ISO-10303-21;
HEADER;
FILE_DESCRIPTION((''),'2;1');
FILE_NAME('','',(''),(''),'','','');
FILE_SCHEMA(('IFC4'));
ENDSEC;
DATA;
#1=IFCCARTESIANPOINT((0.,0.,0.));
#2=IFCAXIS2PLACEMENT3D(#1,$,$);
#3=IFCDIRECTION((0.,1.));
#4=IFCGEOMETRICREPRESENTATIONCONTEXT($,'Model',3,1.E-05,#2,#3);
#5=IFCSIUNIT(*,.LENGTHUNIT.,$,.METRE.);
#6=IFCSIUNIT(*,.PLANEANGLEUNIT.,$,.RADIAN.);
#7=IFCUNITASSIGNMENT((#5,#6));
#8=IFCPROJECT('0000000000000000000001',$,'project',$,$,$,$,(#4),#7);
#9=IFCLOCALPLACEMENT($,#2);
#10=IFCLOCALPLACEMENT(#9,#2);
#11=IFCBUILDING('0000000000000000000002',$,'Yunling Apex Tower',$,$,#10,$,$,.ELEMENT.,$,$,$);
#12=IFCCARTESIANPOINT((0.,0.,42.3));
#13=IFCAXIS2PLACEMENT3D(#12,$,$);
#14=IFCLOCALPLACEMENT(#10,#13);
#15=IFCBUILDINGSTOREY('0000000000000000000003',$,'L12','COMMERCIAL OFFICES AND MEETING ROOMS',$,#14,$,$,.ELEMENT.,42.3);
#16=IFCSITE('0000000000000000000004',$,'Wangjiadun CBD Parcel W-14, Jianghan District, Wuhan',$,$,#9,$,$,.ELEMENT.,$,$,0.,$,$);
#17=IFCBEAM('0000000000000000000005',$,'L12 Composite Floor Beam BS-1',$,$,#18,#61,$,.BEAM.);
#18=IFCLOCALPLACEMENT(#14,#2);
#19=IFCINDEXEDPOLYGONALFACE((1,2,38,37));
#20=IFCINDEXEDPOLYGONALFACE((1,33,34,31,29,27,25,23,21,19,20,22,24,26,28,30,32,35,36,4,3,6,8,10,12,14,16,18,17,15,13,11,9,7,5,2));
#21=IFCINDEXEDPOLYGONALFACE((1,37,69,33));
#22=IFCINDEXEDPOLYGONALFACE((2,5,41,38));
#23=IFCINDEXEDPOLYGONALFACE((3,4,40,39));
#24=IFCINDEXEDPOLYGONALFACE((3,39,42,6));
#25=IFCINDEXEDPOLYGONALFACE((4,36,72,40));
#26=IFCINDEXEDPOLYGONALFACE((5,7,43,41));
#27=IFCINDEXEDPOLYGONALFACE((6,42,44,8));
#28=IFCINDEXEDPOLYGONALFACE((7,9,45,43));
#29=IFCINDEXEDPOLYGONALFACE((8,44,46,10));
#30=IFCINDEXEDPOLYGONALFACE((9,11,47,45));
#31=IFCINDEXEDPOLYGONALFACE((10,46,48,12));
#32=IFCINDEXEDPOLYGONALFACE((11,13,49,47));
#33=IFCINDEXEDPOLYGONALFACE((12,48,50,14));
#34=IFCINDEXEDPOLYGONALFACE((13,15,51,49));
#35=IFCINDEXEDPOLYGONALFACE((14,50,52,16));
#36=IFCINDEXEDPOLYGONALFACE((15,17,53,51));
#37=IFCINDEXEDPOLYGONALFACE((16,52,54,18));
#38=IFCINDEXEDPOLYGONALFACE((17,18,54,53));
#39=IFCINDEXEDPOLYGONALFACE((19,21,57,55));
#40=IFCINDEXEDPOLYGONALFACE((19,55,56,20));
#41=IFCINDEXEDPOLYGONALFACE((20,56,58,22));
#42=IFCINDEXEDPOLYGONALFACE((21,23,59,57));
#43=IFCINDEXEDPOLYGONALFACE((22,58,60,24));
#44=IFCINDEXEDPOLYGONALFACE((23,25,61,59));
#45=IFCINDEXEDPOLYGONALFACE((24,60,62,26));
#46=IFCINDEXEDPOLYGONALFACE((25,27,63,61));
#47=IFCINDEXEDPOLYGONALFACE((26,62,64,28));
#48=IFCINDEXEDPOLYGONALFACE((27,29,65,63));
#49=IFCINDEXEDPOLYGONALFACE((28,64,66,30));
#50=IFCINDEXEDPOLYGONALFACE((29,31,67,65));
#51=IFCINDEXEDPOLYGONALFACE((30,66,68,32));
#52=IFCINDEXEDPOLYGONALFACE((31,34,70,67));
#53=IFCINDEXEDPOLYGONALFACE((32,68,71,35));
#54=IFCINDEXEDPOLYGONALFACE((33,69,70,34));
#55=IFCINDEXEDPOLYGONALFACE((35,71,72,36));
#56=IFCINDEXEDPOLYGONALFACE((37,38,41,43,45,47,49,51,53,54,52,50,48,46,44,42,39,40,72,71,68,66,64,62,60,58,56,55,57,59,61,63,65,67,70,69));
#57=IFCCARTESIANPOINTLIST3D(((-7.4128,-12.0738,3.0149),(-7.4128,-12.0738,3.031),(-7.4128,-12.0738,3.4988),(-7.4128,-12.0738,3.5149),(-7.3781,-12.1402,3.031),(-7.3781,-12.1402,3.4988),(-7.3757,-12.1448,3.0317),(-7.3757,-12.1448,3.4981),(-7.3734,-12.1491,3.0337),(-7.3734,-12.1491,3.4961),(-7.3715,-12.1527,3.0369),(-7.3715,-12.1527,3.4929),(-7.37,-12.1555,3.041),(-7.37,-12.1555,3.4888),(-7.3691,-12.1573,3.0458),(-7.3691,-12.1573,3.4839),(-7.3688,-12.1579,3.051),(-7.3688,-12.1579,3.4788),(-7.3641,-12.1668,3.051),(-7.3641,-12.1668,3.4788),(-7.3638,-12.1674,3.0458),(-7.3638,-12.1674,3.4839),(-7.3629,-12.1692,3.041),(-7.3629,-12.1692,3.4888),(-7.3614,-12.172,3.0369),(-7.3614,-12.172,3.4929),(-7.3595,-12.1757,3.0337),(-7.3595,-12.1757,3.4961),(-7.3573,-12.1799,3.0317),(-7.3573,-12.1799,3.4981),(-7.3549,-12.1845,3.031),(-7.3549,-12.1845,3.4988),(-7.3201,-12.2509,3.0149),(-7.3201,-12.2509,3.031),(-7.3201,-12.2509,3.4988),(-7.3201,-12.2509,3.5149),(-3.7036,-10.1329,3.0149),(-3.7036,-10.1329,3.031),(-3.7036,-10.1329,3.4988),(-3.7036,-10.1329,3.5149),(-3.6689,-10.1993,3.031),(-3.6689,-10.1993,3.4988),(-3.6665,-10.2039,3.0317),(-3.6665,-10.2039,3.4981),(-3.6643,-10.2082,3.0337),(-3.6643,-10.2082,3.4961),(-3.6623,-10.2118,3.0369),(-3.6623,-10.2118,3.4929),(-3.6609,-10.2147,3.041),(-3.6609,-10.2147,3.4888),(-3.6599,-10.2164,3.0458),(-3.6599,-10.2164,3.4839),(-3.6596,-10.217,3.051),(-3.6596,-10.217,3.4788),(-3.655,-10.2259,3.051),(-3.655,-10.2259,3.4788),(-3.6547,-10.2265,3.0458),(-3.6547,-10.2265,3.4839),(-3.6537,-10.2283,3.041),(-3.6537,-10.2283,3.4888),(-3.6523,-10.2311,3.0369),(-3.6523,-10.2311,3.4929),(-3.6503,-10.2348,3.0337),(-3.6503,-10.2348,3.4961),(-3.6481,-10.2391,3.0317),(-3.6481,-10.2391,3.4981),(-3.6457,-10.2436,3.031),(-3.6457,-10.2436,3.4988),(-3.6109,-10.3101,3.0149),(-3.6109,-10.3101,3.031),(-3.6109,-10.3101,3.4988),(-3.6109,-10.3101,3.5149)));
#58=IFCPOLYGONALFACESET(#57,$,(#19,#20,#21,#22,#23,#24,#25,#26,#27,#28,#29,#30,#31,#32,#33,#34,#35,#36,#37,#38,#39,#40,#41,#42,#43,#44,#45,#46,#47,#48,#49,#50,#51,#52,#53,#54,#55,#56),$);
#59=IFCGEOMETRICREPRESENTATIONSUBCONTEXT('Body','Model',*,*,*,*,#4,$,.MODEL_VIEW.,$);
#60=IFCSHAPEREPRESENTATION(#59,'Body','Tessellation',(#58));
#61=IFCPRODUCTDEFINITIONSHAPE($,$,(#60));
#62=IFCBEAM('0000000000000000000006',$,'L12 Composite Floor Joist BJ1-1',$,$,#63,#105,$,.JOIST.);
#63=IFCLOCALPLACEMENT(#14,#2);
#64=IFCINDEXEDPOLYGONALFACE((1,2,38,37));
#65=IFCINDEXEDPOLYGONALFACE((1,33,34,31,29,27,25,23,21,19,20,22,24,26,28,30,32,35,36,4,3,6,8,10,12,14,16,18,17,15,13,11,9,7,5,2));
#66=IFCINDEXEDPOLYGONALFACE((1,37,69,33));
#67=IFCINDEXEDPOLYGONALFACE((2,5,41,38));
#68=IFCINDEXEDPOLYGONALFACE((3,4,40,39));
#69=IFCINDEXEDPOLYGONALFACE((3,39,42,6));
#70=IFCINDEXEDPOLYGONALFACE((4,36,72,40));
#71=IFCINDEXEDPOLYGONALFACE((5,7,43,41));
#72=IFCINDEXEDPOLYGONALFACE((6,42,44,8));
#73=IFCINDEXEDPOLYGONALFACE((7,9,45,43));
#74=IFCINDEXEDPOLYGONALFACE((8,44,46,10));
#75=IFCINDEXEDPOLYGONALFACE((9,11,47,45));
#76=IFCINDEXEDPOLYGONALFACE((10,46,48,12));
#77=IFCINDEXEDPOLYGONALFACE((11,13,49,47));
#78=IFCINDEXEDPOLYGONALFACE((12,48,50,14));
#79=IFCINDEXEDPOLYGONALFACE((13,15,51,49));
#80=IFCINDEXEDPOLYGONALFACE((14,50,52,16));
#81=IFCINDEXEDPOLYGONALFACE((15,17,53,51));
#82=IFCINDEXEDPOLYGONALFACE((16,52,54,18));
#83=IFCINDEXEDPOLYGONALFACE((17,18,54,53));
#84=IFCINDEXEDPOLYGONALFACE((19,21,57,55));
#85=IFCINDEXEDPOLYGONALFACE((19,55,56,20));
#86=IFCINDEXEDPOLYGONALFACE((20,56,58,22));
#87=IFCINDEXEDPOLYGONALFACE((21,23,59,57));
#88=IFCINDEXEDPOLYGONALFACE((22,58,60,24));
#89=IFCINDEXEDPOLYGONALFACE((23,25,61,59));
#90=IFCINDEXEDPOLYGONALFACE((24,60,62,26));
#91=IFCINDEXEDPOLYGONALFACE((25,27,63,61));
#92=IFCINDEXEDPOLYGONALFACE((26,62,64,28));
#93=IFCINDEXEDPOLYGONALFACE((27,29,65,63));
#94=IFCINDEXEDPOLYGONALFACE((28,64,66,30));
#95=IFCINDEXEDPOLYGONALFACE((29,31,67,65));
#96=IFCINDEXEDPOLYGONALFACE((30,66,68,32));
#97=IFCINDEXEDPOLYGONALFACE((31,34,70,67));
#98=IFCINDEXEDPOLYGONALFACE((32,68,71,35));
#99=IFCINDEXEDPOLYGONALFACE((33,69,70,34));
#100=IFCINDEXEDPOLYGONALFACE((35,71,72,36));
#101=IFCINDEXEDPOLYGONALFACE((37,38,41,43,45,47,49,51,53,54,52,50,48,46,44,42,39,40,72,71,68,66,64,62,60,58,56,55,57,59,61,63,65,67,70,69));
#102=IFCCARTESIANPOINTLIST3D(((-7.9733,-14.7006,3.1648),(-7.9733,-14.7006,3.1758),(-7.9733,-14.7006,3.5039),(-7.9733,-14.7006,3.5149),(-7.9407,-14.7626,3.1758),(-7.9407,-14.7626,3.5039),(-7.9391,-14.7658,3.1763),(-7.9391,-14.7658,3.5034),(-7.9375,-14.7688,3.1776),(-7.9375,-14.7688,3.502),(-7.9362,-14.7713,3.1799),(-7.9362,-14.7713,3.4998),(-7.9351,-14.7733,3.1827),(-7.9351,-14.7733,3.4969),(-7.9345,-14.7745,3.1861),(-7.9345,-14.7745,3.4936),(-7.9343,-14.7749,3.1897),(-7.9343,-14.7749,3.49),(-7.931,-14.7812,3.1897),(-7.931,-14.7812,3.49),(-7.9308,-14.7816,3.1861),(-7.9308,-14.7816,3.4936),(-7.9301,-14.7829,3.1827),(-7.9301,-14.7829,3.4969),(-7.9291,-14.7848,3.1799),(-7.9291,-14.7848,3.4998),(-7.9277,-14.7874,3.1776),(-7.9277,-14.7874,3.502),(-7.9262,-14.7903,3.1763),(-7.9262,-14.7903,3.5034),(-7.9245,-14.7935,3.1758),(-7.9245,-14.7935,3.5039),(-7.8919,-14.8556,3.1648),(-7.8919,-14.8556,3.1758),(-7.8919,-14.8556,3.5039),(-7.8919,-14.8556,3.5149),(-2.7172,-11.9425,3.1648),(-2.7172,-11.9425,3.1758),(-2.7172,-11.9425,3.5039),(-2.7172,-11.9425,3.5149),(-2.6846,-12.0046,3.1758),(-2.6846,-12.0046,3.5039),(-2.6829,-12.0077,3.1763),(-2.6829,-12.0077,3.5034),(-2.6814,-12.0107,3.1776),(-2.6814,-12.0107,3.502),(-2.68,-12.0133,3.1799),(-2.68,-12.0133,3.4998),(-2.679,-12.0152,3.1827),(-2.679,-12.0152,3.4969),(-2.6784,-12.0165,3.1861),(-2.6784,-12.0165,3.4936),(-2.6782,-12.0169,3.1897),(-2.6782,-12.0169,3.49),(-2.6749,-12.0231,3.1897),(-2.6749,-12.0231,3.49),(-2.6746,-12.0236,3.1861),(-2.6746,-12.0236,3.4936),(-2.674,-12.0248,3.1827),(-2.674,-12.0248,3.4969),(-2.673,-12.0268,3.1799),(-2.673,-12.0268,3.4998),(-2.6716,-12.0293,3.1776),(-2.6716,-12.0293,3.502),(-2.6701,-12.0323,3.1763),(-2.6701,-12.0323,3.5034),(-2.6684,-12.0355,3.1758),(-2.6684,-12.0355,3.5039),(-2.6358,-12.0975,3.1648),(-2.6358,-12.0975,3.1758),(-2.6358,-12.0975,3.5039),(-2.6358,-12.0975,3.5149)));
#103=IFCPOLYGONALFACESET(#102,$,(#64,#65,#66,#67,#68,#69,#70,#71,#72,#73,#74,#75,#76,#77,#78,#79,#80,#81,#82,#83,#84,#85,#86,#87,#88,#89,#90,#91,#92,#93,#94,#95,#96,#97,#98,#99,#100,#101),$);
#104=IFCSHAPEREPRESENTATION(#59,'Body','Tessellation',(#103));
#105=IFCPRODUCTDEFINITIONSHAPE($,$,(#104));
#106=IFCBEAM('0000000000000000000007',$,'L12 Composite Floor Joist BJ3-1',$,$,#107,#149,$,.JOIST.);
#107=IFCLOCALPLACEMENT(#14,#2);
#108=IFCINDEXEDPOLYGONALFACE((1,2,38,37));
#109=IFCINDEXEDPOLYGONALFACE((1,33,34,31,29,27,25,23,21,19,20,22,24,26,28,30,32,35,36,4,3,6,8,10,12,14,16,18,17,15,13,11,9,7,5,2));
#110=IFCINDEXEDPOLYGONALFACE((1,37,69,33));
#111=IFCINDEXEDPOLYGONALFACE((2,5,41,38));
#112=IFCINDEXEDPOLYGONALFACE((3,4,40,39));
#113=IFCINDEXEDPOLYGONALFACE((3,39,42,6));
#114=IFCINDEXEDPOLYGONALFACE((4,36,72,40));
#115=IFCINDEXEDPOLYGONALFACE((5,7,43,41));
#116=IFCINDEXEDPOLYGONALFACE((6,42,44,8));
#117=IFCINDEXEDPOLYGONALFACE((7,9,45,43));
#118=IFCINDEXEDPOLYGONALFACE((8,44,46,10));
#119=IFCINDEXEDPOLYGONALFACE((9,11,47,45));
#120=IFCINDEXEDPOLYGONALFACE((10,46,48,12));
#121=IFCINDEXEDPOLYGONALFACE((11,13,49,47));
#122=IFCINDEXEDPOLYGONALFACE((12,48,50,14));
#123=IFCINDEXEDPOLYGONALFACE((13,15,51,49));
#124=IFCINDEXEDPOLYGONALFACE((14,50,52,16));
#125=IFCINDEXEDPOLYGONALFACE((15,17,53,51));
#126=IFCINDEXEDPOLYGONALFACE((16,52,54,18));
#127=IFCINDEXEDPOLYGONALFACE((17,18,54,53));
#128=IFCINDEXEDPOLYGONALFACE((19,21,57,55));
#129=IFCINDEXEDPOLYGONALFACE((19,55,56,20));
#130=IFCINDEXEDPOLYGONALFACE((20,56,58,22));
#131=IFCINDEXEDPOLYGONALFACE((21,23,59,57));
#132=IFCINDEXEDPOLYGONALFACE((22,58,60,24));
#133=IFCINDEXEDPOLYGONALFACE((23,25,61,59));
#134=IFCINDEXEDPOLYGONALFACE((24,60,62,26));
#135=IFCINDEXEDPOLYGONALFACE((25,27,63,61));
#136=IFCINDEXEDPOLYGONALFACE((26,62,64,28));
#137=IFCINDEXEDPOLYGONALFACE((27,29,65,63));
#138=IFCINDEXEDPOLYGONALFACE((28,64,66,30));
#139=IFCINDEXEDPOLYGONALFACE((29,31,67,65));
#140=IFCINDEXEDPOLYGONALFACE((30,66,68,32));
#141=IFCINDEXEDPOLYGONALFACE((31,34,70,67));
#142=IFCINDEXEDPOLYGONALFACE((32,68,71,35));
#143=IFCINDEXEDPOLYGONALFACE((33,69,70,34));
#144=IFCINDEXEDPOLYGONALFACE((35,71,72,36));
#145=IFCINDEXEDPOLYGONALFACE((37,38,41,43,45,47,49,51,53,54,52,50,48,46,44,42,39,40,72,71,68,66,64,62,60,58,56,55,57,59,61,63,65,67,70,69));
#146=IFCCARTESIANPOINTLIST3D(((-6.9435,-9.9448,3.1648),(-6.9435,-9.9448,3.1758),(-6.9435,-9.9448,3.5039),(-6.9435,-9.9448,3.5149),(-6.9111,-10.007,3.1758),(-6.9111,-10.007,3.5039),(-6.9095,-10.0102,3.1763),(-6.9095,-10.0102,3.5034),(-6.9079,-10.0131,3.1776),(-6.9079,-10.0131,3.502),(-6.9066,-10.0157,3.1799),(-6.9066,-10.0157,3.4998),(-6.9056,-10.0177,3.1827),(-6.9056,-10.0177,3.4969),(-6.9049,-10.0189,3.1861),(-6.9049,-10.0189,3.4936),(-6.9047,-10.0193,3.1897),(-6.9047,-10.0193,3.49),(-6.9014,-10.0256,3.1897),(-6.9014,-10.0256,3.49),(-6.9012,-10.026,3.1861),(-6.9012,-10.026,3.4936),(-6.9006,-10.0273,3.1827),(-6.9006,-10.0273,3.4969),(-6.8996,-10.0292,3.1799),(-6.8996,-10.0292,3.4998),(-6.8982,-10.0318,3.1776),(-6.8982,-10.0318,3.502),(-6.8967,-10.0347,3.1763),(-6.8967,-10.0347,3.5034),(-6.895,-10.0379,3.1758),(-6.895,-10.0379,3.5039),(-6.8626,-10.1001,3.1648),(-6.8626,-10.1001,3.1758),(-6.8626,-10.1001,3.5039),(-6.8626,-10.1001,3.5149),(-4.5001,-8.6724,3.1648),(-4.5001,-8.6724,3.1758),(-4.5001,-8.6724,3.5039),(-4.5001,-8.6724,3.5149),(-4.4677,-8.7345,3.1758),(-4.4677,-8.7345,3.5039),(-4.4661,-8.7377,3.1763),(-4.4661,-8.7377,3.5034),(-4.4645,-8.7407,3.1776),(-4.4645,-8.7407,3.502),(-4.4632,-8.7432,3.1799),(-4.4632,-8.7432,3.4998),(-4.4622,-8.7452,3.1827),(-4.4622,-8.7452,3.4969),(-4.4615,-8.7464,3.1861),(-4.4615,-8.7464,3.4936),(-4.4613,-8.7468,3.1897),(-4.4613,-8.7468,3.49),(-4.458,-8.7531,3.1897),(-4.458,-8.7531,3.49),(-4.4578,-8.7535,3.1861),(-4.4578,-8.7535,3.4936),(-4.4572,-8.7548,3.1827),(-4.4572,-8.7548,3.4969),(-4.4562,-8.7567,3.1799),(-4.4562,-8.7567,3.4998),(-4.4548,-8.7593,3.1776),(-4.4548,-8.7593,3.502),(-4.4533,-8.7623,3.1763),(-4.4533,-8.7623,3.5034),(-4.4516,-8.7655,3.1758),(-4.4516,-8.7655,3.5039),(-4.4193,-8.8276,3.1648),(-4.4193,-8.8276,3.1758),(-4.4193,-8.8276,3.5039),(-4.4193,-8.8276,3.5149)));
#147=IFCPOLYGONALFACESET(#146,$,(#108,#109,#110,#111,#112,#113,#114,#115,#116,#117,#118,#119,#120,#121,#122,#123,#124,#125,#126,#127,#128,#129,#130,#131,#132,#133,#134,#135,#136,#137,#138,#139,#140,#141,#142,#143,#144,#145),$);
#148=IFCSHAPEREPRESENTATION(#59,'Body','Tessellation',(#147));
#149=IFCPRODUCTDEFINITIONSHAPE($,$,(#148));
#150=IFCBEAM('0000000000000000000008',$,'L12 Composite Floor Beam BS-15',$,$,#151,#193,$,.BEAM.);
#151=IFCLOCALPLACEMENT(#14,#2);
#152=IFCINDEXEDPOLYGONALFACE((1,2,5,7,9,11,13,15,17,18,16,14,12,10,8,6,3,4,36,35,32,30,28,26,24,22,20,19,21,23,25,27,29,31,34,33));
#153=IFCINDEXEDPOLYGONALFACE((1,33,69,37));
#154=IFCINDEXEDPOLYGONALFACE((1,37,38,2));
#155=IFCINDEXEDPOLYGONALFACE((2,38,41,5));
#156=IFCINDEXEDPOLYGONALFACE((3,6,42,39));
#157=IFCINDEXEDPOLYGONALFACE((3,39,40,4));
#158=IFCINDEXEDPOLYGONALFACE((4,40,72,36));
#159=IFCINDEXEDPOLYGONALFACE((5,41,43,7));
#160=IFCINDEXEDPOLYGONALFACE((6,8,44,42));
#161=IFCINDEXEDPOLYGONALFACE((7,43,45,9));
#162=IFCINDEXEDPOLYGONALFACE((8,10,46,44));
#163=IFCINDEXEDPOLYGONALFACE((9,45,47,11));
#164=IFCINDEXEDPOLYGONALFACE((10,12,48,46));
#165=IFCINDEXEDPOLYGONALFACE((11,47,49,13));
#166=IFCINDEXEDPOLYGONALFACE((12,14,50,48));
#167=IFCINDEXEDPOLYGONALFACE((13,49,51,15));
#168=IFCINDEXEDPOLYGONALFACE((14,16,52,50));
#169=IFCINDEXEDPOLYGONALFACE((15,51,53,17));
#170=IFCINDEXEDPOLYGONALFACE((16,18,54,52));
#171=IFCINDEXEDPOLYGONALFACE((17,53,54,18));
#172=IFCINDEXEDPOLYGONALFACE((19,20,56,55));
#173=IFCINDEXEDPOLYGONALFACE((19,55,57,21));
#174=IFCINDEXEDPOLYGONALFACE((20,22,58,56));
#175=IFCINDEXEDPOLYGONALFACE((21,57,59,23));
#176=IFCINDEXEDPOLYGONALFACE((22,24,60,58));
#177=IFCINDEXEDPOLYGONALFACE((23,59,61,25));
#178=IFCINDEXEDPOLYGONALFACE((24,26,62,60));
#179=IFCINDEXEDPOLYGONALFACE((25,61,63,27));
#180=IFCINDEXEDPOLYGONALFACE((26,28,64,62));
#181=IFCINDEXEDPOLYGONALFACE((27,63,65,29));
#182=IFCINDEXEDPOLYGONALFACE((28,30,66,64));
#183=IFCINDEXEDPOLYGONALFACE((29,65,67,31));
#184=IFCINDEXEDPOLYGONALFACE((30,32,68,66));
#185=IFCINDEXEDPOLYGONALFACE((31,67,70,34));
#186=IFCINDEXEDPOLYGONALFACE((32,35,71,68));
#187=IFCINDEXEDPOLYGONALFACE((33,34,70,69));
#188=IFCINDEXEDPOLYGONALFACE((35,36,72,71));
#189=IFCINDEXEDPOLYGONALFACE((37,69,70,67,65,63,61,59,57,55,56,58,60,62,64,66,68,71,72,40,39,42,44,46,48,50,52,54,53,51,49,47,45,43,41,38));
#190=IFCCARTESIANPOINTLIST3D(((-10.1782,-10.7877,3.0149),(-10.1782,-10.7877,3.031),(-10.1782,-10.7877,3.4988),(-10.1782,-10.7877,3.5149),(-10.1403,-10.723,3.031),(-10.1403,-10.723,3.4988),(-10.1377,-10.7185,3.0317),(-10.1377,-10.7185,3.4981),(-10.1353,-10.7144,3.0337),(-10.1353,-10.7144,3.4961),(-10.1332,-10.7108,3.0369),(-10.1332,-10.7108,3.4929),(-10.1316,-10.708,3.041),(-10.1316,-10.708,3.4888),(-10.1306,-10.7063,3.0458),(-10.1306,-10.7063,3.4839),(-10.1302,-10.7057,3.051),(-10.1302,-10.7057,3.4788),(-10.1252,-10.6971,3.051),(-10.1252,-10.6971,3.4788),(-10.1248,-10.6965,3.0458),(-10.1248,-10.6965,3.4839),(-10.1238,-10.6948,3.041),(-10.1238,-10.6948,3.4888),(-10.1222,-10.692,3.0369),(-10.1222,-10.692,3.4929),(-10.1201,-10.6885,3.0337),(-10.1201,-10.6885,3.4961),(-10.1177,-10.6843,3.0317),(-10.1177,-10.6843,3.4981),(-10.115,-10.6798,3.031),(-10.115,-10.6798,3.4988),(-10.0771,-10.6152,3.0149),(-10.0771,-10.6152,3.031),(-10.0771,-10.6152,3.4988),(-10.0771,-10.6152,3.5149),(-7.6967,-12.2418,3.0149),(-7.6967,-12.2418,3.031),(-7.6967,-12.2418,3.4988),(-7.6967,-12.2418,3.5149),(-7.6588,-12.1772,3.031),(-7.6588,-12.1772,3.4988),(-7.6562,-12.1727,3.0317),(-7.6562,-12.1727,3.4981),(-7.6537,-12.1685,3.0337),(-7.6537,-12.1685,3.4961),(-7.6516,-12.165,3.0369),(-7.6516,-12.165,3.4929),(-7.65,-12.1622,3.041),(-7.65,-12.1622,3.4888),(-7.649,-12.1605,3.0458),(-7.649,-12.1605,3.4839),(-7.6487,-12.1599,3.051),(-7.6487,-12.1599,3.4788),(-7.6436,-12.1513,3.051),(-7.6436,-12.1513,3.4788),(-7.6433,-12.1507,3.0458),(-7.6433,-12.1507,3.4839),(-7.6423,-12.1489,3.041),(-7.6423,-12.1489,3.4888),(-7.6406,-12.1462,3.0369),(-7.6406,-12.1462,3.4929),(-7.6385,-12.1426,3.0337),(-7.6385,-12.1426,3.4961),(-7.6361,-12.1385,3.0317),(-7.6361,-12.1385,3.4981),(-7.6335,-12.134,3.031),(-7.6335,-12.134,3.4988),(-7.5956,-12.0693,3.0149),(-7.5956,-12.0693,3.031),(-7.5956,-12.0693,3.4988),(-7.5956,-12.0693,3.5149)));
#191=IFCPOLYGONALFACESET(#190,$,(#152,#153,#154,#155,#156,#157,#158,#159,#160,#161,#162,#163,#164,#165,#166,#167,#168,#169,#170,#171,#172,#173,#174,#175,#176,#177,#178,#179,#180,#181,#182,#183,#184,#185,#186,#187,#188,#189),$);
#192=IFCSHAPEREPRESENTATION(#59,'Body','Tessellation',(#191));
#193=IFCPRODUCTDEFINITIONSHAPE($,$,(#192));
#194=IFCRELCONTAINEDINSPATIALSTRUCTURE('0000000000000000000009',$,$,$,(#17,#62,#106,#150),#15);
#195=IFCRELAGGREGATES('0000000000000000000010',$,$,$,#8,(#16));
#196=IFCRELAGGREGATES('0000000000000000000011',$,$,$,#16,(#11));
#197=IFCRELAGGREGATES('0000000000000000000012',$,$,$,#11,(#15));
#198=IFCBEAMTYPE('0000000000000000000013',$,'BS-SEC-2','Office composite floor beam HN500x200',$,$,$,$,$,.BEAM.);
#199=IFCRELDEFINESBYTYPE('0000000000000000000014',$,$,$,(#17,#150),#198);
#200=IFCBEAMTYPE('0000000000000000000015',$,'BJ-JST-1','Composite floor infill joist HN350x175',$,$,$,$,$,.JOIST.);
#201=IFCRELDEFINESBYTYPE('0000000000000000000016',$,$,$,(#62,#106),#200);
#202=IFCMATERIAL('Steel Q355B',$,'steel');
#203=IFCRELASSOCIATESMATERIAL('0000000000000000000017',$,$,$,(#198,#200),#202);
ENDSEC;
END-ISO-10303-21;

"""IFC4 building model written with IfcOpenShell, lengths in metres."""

from ifc_helpers import new_model, si_unit, direction, frame, origin, origin_2d, place, context, subcontext, project, spatial, i_section, extrude, source, transform, mapped, material, material_profile, profile_set, type_object, element, save


model = new_model("IFC4")

# Units and contexts
model_context = context("Model", 3, precision=1e-05, world=origin(), true_north=direction((0.0, 1.0)))
body_context = subcontext(model_context, "Body", "Model", "MODEL_VIEW")
ifc_project = project(units=[si_unit("LENGTHUNIT", "METRE"), si_unit("PLANEANGLEUNIT", "RADIAN")], contexts=[model_context])

# Site, building, storey
site_placement = place(None, origin())
site = spatial("IfcSite", under=ifc_project, at=site_placement, Name="Wangjiadun CBD Parcel W-14, Jianghan District, Wuhan", CompositionType="ELEMENT", RefElevation=0.0)
building_placement = place(site_placement, origin())
building = spatial("IfcBuilding", under=site, at=building_placement, Name="Yunling Apex Tower", CompositionType="ELEMENT")
storey_placement = place(building_placement, frame((0.0, 0.0, 42.3)))
storey = spatial("IfcBuildingStorey", under=building, at=storey_placement, Name="L12", Description="COMMERCIAL OFFICES AND MEETING ROOMS", CompositionType="ELEMENT", Elevation=42.3)

# Beams
ifc_material_1 = material(Name="Steel Q355B", Category="steel")
ifc_material_profile_1 = material_profile(ifc_material_1, i_section(OverallWidth=0.2, OverallDepth=0.5, WebThickness=0.01, FlangeThickness=0.0161, FilletRadius=0.02, at=origin_2d()))
ifc_profile_set_1 = profile_set([ifc_material_profile_1], Name="Steel Q355B")
beam_type_1 = type_object("IfcBeamType", Name="BS-SEC-2", Description="Office composite floor beam HN500x200", PredefinedType="BEAM", material=ifc_profile_set_1)
shared_shape_1 = source(origin(), body_context, "Body", "SweptSolid", [
    extrude(i_section(OverallWidth=0.2, OverallDepth=0.5, WebThickness=0.01, FlangeThickness=0.0161, FilletRadius=0.02, at=origin_2d()), origin(), (0.0, 0.0, 1.0), 4.1863),
])
beam_1_placement = place(storey_placement, frame((-7.3665, -12.1624, 3.2649), z_axis=(0.886029, 0.46363, 0.0), x_axis=(-0.46363, 0.886029, 0.0)))
element("IfcBeam", 1, at=beam_1_placement, inside=storey, type_object=beam_type_1, Name="L12 Composite Floor Beam BS-1", PredefinedType="BEAM", context=body_context, shape_type="MappedRepresentation", body=[
    mapped(shared_shape_1, transform((0.0, 0.0, 0.0), scale=1.0)),
])
ifc_material_profile_2 = material_profile(ifc_material_1, i_section(OverallWidth=0.175, OverallDepth=0.3501, WebThickness=0.0071, FlangeThickness=0.011, FilletRadius=0.0139, at=origin_2d()))
ifc_profile_set_2 = profile_set([ifc_material_profile_2], Name="Steel Q355B")
beam_type_2 = type_object("IfcBeamType", Name="BJ-JST-1", Description="Composite floor infill joist HN350x175", PredefinedType="JOIST", material=ifc_profile_set_2)
shared_shape_2 = source(origin(), body_context, "Body", "SweptSolid", [
    extrude(i_section(OverallWidth=0.175, OverallDepth=0.3501, WebThickness=0.0071, FlangeThickness=0.011, FilletRadius=0.0139, at=origin_2d()), origin(), (0.0, 0.0, 1.0), 5.9358),
])
beam_2_placement = place(storey_placement, frame((-7.9326, -14.7781, 3.3398), z_axis=(0.885495, 0.464649, 0.0), x_axis=(-0.464649, 0.885495, 0.0)))
element("IfcBeam", 2, at=beam_2_placement, inside=storey, type_object=beam_type_2, Name="L12 Composite Floor Joist BJ1-1", PredefinedType="JOIST", context=body_context, shape_type="MappedRepresentation", body=[
    mapped(shared_shape_2, transform((0.0, 0.0, 0.0), scale=1.0)),
])
shared_shape_3 = source(origin(), body_context, "Body", "SweptSolid", [
    extrude(i_section(OverallWidth=0.175, OverallDepth=0.3501, WebThickness=0.0071, FlangeThickness=0.011, FilletRadius=0.0139, at=origin_2d()), origin(), (0.0, 0.0, 1.0), 2.7549),
])
beam_3_placement = place(storey_placement, frame((-6.9031, -10.0225, 3.3398), z_axis=(0.886932, 0.4619, 0.0), x_axis=(-0.4619, 0.886932, 0.0)))
element("IfcBeam", 3, at=beam_3_placement, inside=storey, type_object=beam_type_2, Name="L12 Composite Floor Joist BJ3-1", PredefinedType="JOIST", context=body_context, shape_type="MappedRepresentation", body=[
    mapped(shared_shape_3, transform((0.0, 0.0, 0.0), scale=1.0)),
])
shared_shape_4 = source(origin(), body_context, "Body", "SweptSolid", [
    extrude(i_section(OverallWidth=0.2, OverallDepth=0.5, WebThickness=0.01, FlangeThickness=0.0161, FilletRadius=0.02, at=origin_2d()), origin(), (0.0, 0.0, 1.0), 2.8762),
])
beam_4_placement = place(storey_placement, frame((-10.1277, -10.7014, 3.2649), z_axis=(0.86278, -0.50558, 0.0), x_axis=(0.50558, 0.86278, 0.0)))
element("IfcBeam", 4, at=beam_4_placement, inside=storey, type_object=beam_type_1, Name="L12 Composite Floor Beam BS-15", PredefinedType="BEAM", context=body_context, shape_type="MappedRepresentation", body=[
    mapped(shared_shape_4, transform((0.0, 0.0, 0.0), scale=1.0)),
])

save(model, "model.ifc")
